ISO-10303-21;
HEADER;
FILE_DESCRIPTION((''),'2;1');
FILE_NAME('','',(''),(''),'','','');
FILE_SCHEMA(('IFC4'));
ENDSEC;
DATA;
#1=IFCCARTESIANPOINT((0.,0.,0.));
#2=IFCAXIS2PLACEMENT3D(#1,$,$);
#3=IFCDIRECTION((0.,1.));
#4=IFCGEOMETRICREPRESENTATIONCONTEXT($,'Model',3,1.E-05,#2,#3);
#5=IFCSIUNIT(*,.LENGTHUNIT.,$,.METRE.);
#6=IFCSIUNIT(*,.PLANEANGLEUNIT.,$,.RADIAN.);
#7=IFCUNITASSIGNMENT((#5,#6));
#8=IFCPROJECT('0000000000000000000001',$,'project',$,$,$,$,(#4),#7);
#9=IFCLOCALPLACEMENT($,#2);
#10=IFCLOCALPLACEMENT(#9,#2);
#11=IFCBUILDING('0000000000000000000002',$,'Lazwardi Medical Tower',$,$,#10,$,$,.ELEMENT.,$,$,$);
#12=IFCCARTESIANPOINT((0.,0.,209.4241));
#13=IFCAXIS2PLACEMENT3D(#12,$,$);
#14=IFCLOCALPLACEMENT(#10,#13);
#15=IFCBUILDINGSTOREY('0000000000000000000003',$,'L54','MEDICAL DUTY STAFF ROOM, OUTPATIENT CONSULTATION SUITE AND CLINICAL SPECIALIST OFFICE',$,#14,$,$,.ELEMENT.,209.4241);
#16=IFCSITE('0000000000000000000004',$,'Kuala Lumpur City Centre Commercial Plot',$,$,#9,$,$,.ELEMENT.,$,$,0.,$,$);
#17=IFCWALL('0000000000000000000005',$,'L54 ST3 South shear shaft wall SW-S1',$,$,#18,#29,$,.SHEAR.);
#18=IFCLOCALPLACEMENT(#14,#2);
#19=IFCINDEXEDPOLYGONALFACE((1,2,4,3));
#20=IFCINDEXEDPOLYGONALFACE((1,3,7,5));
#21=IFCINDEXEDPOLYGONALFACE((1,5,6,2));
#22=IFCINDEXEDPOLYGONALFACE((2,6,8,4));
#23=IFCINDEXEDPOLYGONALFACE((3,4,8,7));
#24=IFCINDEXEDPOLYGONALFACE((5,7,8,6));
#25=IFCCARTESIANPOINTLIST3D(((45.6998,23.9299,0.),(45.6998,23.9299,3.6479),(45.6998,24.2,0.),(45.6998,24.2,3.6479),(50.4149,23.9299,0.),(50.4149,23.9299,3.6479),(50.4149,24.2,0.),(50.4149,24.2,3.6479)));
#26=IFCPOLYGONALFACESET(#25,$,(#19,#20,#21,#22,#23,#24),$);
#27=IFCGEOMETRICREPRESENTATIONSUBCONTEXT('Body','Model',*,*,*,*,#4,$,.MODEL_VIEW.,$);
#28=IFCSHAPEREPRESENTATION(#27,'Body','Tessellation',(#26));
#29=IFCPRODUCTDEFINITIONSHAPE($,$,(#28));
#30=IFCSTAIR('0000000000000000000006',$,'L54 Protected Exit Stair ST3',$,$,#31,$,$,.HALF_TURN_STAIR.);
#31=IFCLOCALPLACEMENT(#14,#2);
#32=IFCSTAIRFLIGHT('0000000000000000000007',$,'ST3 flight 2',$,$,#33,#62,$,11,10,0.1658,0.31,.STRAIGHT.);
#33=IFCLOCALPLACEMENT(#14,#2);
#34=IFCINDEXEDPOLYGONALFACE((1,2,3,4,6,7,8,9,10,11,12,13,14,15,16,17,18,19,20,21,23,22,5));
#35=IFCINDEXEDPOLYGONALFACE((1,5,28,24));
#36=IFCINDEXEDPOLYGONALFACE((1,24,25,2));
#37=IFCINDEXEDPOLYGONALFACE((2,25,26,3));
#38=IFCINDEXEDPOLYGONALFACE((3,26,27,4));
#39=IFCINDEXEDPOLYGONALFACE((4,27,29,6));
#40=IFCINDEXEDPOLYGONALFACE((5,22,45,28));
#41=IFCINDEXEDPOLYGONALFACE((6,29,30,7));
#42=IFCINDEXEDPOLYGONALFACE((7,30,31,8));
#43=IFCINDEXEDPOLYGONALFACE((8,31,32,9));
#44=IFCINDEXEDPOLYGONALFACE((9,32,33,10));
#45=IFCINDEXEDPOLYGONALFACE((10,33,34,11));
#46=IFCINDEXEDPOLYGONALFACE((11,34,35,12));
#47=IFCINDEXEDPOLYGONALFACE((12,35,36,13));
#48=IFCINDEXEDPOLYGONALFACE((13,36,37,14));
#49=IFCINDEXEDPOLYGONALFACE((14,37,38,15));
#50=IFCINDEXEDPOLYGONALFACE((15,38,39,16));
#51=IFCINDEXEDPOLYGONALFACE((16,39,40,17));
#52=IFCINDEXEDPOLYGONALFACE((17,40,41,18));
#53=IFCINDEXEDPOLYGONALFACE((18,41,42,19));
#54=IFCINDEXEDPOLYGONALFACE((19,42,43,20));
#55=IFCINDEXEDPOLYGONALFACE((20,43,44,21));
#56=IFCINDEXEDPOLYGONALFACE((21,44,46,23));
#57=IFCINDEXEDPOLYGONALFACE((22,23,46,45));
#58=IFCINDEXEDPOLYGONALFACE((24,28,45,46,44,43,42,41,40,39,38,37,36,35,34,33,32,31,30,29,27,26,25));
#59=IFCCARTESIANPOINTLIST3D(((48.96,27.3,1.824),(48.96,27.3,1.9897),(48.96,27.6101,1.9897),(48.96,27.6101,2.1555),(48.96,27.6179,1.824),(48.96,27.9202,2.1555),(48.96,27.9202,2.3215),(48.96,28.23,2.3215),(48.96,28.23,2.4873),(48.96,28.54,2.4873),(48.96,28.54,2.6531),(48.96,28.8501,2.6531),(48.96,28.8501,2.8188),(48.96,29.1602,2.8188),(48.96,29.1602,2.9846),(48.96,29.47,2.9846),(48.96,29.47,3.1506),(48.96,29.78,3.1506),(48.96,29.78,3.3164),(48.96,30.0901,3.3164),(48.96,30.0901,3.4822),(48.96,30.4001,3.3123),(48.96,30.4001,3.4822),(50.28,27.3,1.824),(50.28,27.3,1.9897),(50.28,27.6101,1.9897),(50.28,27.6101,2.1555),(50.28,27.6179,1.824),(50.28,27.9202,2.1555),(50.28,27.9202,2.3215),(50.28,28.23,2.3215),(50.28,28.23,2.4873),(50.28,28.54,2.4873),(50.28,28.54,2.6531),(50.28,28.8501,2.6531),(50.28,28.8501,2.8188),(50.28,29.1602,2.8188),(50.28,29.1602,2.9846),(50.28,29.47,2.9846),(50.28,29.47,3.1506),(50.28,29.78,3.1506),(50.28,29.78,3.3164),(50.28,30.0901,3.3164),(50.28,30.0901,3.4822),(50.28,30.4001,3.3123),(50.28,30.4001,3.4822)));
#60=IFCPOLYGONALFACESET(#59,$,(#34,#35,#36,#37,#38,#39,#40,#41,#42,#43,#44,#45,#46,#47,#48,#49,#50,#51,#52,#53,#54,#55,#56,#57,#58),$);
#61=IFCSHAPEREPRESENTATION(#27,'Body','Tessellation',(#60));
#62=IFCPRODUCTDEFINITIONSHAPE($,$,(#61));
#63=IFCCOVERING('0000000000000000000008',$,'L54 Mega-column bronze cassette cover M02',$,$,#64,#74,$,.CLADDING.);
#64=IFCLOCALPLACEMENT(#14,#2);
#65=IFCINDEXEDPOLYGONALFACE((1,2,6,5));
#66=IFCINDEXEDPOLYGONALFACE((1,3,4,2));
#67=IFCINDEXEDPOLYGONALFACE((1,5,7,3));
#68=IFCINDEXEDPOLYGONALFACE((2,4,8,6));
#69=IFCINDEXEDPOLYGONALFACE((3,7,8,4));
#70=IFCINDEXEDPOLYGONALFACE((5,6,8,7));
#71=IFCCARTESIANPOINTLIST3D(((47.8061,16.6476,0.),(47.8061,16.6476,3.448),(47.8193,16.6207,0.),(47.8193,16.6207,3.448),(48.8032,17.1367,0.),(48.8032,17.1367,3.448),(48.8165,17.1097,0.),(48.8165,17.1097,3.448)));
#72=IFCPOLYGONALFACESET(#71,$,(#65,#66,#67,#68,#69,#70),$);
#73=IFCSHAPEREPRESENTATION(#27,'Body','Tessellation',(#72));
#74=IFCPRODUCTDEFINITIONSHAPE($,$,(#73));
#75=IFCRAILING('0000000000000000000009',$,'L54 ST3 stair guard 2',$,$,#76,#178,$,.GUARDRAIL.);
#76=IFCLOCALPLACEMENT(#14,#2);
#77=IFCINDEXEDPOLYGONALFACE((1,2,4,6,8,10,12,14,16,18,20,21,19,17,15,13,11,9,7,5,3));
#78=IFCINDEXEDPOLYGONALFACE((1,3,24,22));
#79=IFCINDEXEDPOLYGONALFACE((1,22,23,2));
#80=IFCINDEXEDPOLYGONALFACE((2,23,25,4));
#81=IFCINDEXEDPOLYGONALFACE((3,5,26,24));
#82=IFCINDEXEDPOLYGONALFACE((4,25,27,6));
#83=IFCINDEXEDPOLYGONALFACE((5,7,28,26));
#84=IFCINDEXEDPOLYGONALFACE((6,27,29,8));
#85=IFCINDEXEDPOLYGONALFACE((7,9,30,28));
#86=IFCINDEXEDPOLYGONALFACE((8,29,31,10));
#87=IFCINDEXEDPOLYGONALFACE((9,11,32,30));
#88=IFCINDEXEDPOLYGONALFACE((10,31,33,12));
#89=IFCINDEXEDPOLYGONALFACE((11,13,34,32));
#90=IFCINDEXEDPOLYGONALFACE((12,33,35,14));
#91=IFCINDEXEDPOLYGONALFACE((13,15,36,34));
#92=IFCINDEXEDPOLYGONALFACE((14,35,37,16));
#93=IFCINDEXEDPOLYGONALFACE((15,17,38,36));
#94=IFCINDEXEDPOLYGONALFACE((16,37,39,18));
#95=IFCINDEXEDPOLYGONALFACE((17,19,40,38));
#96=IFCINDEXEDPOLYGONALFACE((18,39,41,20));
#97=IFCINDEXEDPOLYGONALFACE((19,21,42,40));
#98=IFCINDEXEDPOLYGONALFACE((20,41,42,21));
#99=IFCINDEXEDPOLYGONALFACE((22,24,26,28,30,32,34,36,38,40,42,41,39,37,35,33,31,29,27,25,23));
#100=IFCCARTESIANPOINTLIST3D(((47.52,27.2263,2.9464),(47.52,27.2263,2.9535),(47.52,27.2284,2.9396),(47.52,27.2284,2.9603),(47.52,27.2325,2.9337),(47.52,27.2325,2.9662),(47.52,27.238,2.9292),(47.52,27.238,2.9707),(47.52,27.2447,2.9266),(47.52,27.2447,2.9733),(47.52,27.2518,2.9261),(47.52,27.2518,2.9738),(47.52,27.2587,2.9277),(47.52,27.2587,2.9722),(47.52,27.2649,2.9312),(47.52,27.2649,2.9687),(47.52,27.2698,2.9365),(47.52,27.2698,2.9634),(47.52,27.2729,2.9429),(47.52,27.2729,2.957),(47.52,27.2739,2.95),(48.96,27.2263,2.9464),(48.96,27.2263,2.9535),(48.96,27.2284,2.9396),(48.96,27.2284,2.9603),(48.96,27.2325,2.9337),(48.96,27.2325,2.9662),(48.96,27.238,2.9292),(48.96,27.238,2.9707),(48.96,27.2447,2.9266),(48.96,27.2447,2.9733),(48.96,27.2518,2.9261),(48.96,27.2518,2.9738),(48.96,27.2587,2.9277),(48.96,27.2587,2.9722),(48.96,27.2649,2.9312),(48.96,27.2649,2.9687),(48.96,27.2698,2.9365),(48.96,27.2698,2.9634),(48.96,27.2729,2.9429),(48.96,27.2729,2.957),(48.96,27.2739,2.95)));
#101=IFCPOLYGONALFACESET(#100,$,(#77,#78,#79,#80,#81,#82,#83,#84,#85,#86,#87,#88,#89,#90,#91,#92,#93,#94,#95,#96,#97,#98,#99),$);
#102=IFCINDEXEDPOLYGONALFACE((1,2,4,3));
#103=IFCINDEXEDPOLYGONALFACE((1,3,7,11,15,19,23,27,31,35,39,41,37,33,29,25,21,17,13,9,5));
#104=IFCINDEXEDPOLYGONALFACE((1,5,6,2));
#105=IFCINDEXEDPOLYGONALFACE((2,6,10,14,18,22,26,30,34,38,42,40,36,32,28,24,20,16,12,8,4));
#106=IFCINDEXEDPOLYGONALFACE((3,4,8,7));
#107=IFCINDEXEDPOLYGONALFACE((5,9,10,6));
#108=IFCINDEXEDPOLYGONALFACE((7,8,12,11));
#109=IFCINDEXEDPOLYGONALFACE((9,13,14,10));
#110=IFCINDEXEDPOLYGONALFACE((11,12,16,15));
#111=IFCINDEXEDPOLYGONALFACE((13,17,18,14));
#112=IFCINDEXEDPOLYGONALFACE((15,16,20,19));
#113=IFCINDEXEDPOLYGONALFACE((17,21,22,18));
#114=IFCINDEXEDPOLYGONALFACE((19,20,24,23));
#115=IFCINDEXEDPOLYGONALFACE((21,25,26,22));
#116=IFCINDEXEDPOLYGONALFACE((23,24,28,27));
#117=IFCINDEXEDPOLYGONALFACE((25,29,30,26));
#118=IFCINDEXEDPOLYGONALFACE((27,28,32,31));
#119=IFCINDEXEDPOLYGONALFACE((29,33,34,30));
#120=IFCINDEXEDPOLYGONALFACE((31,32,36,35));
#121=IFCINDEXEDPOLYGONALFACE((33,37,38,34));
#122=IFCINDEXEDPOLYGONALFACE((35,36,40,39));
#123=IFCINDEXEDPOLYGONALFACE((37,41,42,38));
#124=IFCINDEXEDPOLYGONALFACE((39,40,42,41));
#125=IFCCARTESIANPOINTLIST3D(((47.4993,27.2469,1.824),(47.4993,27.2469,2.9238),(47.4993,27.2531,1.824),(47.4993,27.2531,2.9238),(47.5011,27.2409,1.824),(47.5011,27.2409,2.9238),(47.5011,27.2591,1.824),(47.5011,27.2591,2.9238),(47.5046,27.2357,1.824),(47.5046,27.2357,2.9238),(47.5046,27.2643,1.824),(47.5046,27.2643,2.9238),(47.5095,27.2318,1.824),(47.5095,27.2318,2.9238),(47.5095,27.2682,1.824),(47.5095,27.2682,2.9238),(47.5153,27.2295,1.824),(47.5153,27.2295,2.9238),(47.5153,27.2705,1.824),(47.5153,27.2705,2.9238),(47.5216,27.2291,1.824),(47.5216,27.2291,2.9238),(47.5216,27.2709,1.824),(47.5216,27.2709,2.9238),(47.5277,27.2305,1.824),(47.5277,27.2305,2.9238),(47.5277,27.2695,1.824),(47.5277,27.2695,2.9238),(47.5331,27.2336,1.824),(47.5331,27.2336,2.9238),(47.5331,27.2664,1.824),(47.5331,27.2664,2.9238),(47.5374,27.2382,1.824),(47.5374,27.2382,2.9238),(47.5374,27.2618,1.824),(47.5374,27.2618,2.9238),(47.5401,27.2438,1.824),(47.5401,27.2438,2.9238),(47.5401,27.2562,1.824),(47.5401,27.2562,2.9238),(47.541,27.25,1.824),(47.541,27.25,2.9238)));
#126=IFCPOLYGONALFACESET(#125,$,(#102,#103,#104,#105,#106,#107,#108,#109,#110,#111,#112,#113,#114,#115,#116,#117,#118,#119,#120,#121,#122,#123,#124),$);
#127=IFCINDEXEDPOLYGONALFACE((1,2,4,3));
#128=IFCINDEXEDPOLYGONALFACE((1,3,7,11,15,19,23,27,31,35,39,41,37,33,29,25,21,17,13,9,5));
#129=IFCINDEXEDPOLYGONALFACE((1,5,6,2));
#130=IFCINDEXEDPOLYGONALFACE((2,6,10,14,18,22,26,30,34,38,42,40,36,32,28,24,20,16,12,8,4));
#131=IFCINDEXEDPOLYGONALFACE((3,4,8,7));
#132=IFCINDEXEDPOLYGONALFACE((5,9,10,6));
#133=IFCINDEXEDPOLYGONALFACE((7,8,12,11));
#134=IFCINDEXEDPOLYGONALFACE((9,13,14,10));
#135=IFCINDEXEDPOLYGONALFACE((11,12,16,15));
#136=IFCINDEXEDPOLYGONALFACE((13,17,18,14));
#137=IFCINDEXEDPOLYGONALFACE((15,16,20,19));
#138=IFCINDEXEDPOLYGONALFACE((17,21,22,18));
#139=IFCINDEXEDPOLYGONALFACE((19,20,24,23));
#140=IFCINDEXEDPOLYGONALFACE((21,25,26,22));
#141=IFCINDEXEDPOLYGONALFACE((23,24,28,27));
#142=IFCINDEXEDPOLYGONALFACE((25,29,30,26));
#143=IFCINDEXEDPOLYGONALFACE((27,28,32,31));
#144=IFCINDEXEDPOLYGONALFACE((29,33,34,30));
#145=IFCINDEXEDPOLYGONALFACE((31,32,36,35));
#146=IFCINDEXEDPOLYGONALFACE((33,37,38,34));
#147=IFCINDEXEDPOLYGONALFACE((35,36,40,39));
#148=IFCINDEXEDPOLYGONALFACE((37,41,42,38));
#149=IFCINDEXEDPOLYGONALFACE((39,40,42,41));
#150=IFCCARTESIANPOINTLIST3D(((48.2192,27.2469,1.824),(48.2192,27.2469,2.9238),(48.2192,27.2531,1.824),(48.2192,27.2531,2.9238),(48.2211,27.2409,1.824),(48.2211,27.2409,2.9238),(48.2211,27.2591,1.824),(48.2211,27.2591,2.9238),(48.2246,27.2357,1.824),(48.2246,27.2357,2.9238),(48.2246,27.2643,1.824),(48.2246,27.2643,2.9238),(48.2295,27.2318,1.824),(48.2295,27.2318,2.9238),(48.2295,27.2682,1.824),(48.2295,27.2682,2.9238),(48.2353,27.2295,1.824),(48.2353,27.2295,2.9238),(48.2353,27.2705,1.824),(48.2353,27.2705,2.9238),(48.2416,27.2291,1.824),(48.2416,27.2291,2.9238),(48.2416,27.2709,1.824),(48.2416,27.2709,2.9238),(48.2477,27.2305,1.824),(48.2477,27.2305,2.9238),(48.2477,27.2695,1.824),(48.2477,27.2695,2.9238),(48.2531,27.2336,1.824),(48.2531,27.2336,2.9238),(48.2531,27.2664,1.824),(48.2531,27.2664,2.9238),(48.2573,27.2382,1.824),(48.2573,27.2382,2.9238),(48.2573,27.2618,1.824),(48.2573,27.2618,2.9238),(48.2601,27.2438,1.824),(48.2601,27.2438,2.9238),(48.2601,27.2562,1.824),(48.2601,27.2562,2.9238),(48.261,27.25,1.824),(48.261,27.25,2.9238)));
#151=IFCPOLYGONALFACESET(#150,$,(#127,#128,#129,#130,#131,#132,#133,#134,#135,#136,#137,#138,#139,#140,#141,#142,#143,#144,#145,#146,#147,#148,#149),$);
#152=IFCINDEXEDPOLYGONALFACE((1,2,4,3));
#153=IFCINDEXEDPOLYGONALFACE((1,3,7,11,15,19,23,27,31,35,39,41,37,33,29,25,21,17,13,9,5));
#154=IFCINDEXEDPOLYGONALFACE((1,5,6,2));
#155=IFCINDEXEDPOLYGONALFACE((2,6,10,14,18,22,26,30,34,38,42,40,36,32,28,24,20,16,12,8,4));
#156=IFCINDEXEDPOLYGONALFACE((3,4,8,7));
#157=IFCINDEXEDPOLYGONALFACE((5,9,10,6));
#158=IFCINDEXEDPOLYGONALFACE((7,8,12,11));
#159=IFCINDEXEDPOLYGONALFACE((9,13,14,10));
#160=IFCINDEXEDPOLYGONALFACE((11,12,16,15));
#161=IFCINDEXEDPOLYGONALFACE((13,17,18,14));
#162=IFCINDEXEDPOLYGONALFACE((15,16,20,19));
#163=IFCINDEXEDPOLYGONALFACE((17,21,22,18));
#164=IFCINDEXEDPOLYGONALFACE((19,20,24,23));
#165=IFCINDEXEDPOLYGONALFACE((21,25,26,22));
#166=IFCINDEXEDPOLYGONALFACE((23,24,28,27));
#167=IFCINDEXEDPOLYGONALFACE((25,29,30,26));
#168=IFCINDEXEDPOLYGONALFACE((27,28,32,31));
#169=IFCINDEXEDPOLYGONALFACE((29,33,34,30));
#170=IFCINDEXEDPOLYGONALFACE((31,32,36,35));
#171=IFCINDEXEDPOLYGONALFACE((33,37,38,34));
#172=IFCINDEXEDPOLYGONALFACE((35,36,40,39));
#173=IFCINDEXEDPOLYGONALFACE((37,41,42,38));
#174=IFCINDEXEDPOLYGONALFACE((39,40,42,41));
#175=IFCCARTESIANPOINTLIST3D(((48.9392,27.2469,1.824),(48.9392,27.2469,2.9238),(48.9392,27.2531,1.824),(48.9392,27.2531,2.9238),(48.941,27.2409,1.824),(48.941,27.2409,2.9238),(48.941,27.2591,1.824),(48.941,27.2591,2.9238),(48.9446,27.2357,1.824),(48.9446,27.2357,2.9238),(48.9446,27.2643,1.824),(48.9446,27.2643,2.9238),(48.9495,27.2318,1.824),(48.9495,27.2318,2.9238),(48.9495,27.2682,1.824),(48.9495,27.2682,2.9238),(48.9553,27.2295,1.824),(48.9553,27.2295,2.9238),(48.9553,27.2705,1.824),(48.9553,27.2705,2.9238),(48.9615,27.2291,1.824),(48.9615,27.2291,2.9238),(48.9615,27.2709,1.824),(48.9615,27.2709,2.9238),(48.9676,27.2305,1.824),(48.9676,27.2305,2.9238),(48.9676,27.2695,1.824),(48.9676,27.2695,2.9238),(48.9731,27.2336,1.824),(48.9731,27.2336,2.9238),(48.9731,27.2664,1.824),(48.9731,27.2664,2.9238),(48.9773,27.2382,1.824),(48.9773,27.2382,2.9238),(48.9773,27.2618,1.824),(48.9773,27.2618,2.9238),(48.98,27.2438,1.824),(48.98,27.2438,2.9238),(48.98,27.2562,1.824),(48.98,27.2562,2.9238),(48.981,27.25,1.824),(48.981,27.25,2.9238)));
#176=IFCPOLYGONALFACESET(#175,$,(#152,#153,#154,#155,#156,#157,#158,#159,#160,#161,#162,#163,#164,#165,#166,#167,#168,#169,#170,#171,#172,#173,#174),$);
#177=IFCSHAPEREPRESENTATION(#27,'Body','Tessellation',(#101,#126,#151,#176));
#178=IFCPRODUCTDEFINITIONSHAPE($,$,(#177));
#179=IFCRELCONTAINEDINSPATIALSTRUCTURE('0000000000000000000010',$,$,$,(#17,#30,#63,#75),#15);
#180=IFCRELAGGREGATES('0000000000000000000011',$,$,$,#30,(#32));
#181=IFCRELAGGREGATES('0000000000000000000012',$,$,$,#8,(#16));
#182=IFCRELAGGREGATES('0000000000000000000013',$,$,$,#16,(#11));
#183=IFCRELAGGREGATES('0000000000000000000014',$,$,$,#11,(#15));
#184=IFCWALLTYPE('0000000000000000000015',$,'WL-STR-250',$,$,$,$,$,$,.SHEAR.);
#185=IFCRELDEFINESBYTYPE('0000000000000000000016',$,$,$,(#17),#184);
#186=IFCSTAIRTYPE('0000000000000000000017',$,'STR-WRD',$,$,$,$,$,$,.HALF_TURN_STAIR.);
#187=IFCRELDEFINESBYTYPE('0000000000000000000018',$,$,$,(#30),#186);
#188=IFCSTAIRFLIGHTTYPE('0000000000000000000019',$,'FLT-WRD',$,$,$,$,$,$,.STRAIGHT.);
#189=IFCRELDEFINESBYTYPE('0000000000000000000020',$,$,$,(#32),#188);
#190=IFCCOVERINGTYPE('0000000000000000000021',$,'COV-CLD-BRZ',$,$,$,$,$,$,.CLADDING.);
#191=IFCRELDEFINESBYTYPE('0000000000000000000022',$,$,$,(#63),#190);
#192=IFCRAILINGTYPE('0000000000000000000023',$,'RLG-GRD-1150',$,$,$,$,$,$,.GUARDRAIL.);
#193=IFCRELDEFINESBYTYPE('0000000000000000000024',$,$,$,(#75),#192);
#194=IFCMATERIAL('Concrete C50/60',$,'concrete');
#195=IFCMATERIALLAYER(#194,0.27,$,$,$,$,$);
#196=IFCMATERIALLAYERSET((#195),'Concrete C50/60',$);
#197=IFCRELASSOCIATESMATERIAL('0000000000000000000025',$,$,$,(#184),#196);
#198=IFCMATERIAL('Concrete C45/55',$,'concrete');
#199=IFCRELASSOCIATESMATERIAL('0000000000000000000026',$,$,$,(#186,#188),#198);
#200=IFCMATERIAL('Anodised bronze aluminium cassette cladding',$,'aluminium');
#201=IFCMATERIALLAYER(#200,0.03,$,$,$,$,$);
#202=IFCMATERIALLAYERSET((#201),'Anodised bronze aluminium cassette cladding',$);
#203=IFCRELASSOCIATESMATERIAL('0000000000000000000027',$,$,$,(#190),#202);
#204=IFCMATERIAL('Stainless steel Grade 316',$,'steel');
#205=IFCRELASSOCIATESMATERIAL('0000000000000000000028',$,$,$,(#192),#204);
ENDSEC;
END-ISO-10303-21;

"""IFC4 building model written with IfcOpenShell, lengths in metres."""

from ifc_helpers import new_model, si_unit, direction, frame, frame_2d, origin, origin_2d, place, context, subcontext, project, spatial, polyline, rectangle, circle, outline, extrude, material, layer, layer_set, type_object, element, aggregate, save


model = new_model("IFC4")

# Units and contexts
model_context = context("Model", 3, precision=1e-05, world=origin(), true_north=direction((0.0, 1.0)))
body_context = subcontext(model_context, "Body", "Model", "MODEL_VIEW")
ifc_project = project(units=[si_unit("LENGTHUNIT", "METRE"), si_unit("PLANEANGLEUNIT", "RADIAN")], contexts=[model_context])

# Site, building, storey
site_placement = place(None, origin())
site = spatial("IfcSite", under=ifc_project, at=site_placement, Name="Kuala Lumpur City Centre Commercial Plot", CompositionType="ELEMENT", RefElevation=0.0)
building_placement = place(site_placement, origin())
building = spatial("IfcBuilding", under=site, at=building_placement, Name="Lazwardi Medical Tower", CompositionType="ELEMENT")
storey_placement = place(building_placement, frame((0.0, 0.0, 209.4241)))
storey = spatial("IfcBuildingStorey", under=building, at=storey_placement, Name="L54", Description="MEDICAL DUTY STAFF ROOM, OUTPATIENT CONSULTATION SUITE AND CLINICAL SPECIALIST OFFICE", CompositionType="ELEMENT", Elevation=209.4241)

# Wall
ifc_material_1 = material(Name="Concrete C50/60", Category="concrete")
ifc_layer_1 = layer(ifc_material_1, 0.27)
ifc_layer_set_1 = layer_set([ifc_layer_1], Name="Concrete C50/60")
wall_type_1 = type_object("IfcWallType", Name="WL-STR-250", PredefinedType="SHEAR", material=ifc_layer_set_1)
wall_1_placement = place(storey_placement, frame((45.7, 24.0649, 0.0), z_axis=(0.0, 0.0, 1.0), x_axis=(1.0, 0.0, 0.0)))
element("IfcWall", 1, at=wall_1_placement, inside=storey, type_object=wall_type_1, Name="L54 ST3 South shear shaft wall SW-S1", PredefinedType="SHEAR", context=body_context, shape_type="SweptSolid", body=[
    extrude(rectangle(XDim=4.7151, YDim=0.27, at=frame_2d((2.3574, 0.0))), origin(), (0.0, 0.0, 1.0), 3.6479),
])

# Stair, stair flight
ifc_material_2 = material(Name="Concrete C45/55", Category="concrete")
stair_type = type_object("IfcStairType", Name="STR-WRD", PredefinedType="HALF_TURN_STAIR", material=ifc_material_2)
stair_placement = place(storey_placement, origin())
stair = element("IfcStair", 2, at=stair_placement, inside=storey, type_object=stair_type, Name="L54 Protected Exit Stair ST3", PredefinedType="HALF_TURN_STAIR")
stair_flight_type = type_object("IfcStairFlightType", Name="FLT-WRD", PredefinedType="STRAIGHT", material=ifc_material_2)
stair_flight_placement = place(storey_placement, frame((49.6201, 27.3, 1.824), z_axis=(0.0, 0.0, 1.0), x_axis=(0.0, 1.0, 0.0)))
stair_flight = element("IfcStairFlight", 3, at=stair_flight_placement, type_object=stair_flight_type, Name="ST3 flight 2", NumberOfRisers=11, NumberOfTreads=10, PredefinedType="STRAIGHT", RiserHeight=0.1658, TreadLength=0.31, context=body_context, shape_type="SweptSolid", body=[
    extrude(outline(polyline([(0.0, 0.0), (0.0, 0.1658), (0.3101, 0.1658), (0.3101, 0.3315), (0.6201, 0.3315), (0.6201, 0.4976), (0.9299, 0.4976), (0.9299, 0.6633), (1.24, 0.6633), (1.24, 0.8291), (1.55, 0.8291), (1.55, 0.9949), (1.8601, 0.9949), (1.8601, 1.1606), (2.1699, 1.1606), (2.1699, 1.3267), (2.48, 1.3267), (2.48, 1.4924), (2.79, 1.4924), (2.79, 1.6582), (3.1001, 1.6582), (3.1001, 1.824), (3.1001, 1.4883), (0.3179, 0.0), (0.0, 0.0)])), frame((0.0, 0.6602, 0.0), z_axis=(0.0, -1.0, 0.0), x_axis=(1.0, 0.0, 0.0)), (0.0, 0.0, 1.0), 1.3201),
])
aggregate(stair, [stair_flight])

# Covering
ifc_material_3 = material(Name="Anodised bronze aluminium cassette cladding", Category="aluminium")
ifc_layer_2 = layer(ifc_material_3, 0.03)
ifc_layer_set_2 = layer_set([ifc_layer_2], Name="Anodised bronze aluminium cassette cladding")
covering_type = type_object("IfcCoveringType", Name="COV-CLD-BRZ", PredefinedType="CLADDING", material=ifc_layer_set_2)
covering_placement = place(storey_placement, frame((48.3113, 16.8787, 0.0), z_axis=(0.0, 0.0, 1.0), x_axis=(0.89784, 0.440322, 0.0)))
element("IfcCovering", 4, at=covering_placement, inside=storey, type_object=covering_type, Name="L54 Mega-column bronze cassette cover M02", PredefinedType="CLADDING", context=body_context, shape_type="SweptSolid", body=[
    extrude(rectangle(XDim=1.1106, YDim=0.03, at=origin_2d()), origin(), (0.0, 0.0, 1.0), 3.448),
])

# Railing
ifc_material_4 = material(Name="Stainless steel Grade 316", Category="steel")
railing_type_1 = type_object("IfcRailingType", Name="RLG-GRD-1150", PredefinedType="GUARDRAIL", material=ifc_material_4)
railing_1_placement = place(storey_placement, frame((47.52, 27.25, 1.824)))
element("IfcRailing", 5, at=railing_1_placement, inside=storey, type_object=railing_type_1, Name="L54 ST3 stair guard 2", PredefinedType="GUARDRAIL", context=body_context, shape_type="SweptSolid", body=[
    extrude(circle(Radius=0.0239, at=origin_2d()), frame((0.0, 0.0, 1.126), z_axis=(1.0, 0.0, 0.0), x_axis=(0.0, 1.0, 0.0)), (0.0, 0.0, 1.0), 1.4399),
    extrude(circle(Radius=0.021, at=origin_2d()), origin(), (0.0, 0.0, 1.0), 1.0999),
    extrude(circle(Radius=0.021, at=origin_2d()), frame((0.72, 0.0, 0.0)), (0.0, 0.0, 1.0), 1.0999),
    extrude(circle(Radius=0.021, at=origin_2d()), frame((1.4399, 0.0, 0.0)), (0.0, 0.0, 1.0), 1.0999),
])

save(model, "model.ifc")
